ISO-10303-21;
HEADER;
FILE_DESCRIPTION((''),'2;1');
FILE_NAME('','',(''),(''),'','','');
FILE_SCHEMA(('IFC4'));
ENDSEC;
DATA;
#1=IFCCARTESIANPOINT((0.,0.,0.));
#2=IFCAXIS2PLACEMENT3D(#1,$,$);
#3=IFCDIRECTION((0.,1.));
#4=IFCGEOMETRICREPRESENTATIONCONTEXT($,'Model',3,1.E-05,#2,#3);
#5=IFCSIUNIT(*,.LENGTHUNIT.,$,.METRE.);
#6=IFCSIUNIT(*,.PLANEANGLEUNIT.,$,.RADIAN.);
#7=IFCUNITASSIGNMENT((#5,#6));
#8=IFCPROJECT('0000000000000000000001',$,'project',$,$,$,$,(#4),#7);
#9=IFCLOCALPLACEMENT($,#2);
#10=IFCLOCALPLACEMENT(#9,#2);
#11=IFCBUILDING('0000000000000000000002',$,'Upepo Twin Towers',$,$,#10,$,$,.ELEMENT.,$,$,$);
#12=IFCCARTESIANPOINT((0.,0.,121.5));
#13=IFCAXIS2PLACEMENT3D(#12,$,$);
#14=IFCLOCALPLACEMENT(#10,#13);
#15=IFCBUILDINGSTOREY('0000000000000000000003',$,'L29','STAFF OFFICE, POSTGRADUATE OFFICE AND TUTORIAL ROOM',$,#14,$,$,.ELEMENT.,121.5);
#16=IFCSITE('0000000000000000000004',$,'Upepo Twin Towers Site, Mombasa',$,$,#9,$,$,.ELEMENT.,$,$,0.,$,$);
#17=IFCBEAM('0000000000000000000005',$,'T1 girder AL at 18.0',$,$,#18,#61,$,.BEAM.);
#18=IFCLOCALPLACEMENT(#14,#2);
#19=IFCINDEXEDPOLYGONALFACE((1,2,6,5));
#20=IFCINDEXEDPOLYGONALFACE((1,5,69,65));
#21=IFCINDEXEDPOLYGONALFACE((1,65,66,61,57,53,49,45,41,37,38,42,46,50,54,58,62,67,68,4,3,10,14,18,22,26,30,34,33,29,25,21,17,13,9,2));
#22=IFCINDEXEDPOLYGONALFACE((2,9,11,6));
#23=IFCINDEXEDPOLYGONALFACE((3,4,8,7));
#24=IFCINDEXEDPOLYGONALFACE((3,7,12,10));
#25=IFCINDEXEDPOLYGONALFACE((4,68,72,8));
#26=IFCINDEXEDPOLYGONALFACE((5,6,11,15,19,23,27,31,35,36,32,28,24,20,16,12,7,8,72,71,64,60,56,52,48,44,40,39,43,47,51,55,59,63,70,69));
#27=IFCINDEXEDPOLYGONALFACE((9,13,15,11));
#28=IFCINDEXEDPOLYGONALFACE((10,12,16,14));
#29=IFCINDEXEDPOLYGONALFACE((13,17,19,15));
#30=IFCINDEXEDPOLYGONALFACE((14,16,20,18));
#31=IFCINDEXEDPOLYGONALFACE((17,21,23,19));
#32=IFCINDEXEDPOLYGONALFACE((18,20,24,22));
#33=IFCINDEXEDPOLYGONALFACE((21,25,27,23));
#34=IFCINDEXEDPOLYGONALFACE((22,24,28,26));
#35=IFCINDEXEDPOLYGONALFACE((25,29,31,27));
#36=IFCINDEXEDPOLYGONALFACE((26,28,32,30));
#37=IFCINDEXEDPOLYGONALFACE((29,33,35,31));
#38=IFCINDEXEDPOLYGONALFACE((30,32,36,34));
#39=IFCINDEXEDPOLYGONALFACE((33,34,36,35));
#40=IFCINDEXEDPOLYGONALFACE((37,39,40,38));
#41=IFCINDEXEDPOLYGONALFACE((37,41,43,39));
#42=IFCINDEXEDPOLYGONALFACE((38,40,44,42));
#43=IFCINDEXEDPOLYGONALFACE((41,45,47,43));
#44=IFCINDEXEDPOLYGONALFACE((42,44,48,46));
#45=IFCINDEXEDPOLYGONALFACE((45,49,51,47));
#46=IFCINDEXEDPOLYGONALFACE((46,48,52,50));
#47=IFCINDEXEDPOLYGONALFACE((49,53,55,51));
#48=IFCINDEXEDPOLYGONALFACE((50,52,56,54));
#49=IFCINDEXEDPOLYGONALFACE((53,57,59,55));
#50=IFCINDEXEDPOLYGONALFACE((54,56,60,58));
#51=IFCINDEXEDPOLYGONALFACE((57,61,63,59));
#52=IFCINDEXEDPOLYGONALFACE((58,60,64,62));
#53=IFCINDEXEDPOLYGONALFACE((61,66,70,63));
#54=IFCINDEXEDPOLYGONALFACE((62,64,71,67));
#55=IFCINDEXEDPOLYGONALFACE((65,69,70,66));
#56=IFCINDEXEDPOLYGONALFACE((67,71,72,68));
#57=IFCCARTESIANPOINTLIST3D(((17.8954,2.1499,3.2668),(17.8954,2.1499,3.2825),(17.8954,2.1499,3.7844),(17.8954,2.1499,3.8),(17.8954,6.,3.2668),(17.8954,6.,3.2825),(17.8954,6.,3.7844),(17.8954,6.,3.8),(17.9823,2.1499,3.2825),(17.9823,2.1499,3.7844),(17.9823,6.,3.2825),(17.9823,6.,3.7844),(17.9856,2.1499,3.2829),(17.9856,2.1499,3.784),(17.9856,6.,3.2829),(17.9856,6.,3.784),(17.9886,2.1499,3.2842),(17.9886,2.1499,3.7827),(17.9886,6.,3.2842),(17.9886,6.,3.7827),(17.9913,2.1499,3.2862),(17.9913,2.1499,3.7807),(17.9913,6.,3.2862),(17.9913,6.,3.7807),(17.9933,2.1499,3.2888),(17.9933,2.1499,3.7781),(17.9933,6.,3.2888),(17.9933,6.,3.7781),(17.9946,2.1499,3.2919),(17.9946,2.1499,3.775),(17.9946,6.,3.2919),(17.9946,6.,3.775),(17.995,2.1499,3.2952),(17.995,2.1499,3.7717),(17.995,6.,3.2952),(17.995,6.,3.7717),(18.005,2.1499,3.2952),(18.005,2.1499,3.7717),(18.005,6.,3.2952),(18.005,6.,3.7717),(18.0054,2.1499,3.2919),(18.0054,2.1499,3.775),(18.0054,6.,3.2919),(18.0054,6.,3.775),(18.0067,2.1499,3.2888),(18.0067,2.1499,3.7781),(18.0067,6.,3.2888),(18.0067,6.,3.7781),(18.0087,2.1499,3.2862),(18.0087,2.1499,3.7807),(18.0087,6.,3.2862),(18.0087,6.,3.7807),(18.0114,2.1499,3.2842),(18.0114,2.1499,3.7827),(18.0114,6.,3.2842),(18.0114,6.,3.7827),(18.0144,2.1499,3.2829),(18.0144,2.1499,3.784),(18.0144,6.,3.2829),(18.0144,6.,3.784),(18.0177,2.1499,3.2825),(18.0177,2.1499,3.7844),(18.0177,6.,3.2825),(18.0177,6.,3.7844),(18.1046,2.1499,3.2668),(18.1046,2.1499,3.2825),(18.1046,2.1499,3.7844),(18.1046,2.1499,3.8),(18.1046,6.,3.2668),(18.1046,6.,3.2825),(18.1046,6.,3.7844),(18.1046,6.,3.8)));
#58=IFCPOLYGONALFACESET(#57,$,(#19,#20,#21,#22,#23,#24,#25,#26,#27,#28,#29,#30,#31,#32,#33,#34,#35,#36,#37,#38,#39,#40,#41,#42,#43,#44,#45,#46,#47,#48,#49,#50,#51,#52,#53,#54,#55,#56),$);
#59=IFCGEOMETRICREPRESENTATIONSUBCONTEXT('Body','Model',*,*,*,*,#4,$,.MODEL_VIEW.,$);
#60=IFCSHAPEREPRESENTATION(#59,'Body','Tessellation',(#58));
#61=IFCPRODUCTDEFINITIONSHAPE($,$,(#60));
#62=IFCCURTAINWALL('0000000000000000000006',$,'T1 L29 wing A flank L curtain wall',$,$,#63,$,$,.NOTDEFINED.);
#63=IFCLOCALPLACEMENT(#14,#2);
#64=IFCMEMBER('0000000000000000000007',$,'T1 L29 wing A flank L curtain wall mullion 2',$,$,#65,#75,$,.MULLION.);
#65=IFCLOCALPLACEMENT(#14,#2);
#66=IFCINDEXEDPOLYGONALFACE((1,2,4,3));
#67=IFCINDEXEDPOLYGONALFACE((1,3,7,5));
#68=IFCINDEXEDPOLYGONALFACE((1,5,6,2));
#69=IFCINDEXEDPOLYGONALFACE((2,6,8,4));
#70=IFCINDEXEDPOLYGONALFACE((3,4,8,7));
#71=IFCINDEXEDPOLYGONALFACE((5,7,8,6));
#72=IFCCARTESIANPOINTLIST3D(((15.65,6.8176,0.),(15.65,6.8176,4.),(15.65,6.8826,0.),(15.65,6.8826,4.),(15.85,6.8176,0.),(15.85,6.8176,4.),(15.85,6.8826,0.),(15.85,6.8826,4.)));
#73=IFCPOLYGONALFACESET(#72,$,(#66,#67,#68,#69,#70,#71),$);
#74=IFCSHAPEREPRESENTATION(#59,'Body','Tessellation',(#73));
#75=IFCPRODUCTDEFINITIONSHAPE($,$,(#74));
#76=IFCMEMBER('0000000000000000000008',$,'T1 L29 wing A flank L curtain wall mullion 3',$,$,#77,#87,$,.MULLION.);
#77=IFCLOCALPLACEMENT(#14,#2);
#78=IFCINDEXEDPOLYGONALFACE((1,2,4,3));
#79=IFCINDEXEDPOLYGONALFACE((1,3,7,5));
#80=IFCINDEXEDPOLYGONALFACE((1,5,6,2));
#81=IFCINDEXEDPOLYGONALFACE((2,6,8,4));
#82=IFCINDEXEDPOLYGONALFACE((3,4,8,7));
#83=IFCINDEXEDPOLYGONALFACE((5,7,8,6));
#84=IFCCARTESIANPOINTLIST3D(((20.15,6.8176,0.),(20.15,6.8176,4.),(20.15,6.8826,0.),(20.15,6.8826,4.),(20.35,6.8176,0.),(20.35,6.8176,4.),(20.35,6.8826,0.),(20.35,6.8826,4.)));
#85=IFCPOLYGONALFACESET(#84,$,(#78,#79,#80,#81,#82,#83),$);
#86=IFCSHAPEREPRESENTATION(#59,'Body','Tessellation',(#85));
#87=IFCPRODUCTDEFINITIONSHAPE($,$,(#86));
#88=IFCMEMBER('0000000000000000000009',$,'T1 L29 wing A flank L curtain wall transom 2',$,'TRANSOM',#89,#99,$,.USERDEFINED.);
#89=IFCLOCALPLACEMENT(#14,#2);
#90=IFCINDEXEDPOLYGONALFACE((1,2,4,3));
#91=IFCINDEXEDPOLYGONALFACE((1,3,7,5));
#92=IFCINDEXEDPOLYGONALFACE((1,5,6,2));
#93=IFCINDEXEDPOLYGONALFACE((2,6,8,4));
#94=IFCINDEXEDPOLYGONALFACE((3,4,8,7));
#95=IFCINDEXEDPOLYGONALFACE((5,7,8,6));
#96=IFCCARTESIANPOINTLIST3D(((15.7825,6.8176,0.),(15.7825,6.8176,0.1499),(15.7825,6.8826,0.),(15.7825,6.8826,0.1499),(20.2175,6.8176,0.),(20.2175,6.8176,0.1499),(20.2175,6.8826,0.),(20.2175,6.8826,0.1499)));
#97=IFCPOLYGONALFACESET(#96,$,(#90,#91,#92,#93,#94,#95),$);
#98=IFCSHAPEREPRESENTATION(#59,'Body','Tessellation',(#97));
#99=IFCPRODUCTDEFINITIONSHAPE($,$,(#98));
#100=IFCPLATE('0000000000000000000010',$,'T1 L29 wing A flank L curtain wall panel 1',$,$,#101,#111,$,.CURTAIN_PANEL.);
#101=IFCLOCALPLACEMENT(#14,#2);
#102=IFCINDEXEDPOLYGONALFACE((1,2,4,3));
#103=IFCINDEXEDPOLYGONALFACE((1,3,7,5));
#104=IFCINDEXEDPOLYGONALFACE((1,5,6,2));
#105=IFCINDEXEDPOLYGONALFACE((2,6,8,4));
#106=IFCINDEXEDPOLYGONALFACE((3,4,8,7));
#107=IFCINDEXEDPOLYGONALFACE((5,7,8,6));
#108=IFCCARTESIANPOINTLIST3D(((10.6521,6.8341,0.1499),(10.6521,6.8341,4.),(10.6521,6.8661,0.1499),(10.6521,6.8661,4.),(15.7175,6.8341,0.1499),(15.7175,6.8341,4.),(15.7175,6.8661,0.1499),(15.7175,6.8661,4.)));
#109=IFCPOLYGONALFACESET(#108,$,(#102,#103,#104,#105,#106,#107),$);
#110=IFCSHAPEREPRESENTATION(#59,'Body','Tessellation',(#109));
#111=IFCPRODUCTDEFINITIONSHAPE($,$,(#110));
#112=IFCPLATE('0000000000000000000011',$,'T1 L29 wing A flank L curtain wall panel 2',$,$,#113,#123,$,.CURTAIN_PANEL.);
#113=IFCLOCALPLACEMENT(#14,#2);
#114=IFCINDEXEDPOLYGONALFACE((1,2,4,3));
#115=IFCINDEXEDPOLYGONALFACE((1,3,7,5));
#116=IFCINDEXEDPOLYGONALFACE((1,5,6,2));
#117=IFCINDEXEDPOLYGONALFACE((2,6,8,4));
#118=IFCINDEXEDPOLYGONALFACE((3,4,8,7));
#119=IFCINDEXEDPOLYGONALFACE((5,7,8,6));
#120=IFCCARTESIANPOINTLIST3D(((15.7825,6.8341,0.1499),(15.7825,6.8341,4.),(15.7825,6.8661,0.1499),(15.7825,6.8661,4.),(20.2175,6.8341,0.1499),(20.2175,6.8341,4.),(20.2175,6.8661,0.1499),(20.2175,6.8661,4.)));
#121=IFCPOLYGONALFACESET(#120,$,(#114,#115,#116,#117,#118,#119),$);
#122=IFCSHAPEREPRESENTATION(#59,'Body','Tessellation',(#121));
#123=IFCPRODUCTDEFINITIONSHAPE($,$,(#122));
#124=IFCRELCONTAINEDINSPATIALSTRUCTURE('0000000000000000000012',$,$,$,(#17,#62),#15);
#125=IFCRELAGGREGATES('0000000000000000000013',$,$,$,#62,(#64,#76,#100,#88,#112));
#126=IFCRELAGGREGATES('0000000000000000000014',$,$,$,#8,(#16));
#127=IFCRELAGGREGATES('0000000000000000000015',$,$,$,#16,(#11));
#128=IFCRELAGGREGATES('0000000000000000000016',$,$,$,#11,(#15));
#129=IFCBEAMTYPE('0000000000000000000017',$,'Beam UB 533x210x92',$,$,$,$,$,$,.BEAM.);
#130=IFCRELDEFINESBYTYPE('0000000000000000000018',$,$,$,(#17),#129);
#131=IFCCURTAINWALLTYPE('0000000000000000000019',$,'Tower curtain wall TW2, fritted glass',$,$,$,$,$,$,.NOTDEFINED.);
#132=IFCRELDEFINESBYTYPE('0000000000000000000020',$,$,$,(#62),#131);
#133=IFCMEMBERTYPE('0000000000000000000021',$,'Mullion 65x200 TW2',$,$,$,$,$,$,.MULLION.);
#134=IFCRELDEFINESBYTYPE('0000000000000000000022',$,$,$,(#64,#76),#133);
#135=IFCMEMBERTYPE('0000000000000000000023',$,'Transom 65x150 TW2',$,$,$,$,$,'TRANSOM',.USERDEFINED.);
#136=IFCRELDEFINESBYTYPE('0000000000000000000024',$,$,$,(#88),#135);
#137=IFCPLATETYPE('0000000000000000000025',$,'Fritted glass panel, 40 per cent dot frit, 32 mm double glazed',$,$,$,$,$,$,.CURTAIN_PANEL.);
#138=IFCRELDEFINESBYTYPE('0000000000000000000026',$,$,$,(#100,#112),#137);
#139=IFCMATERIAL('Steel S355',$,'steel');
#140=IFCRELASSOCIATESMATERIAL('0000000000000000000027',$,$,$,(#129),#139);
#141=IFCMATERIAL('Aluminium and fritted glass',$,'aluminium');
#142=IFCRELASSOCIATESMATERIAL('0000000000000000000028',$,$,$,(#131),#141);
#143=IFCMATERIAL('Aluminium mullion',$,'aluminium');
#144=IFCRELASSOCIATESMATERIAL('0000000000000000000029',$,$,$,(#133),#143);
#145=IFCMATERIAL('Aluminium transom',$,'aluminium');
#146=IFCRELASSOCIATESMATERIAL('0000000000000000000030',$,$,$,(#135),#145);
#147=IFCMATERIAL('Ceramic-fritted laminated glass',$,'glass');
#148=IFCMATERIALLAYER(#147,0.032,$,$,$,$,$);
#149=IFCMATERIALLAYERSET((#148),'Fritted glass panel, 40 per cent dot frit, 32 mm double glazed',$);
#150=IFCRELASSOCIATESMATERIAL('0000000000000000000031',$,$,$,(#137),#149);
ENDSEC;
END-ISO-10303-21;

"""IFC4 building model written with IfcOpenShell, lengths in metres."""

from ifc_helpers import new_model, si_unit, direction, frame, origin, origin_2d, place, context, subcontext, project, spatial, rectangle, i_section, extrude, material, layer, layer_set, material_profile, profile_set, type_object, element, aggregate, save


model = new_model("IFC4")

# Units and contexts
model_context = context("Model", 3, precision=1e-05, world=origin(), true_north=direction((0.0, 1.0)))
body_context = subcontext(model_context, "Body", "Model", "MODEL_VIEW")
ifc_project = project(units=[si_unit("LENGTHUNIT", "METRE"), si_unit("PLANEANGLEUNIT", "RADIAN")], contexts=[model_context])

# Site, building, storey
site_placement = place(None, origin())
site = spatial("IfcSite", under=ifc_project, at=site_placement, Name="Upepo Twin Towers Site, Mombasa", CompositionType="ELEMENT", RefElevation=0.0)
building_placement = place(site_placement, origin())
building = spatial("IfcBuilding", under=site, at=building_placement, Name="Upepo Twin Towers", CompositionType="ELEMENT")
storey_placement = place(building_placement, frame((0.0, 0.0, 121.5)))
storey = spatial("IfcBuildingStorey", under=building, at=storey_placement, Name="L29", Description="STAFF OFFICE, POSTGRADUATE OFFICE AND TUTORIAL ROOM", CompositionType="ELEMENT", Elevation=121.5)

# Beam
ifc_material_1 = material(Name="Steel S355", Category="steel")
ifc_material_profile_1 = material_profile(ifc_material_1, i_section(OverallWidth=0.2092, OverallDepth=0.5332, WebThickness=0.01, FlangeThickness=0.0156, FilletRadius=0.0127, at=origin_2d()), Name="UB 533x210x92")
ifc_profile_set_1 = profile_set([ifc_material_profile_1], Name="Steel S355")
beam_type_1 = type_object("IfcBeamType", Name="Beam UB 533x210x92", PredefinedType="BEAM", material=ifc_profile_set_1)
for number, where, z_axis, x_axis, name in (
    (1, (18.0, 6.0, 3.5334), (0.0, -1.0, 0.0), (1.0, 0.0, 0.0), "T1 girder AL at 18.0"),
):
    element("IfcBeam", number, at=place(storey_placement, frame(where, z_axis=z_axis, x_axis=x_axis)), inside=storey, type_object=beam_type_1, Name=name, PredefinedType="BEAM", context=body_context, shape_type="SweptSolid", body=[
        extrude(i_section(OverallWidth=0.2092, OverallDepth=0.5332, WebThickness=0.01, FlangeThickness=0.0156, FilletRadius=0.0127, at=origin_2d()), origin(), (0.0, 0.0, 1.0), 3.8501),
    ])

# Curtain wall, members, plates
ifc_material_2 = material(Name="Aluminium and fritted glass", Category="aluminium")
curtain_wall_type = type_object("IfcCurtainWallType", Name="Tower curtain wall TW2, fritted glass", PredefinedType="NOTDEFINED", material=ifc_material_2)
curtain_wall_placement = place(storey_placement, origin())
curtain_wall = element("IfcCurtainWall", 2, at=curtain_wall_placement, inside=storey, type_object=curtain_wall_type, Name="T1 L29 wing A flank L curtain wall", PredefinedType="NOTDEFINED")
ifc_material_3 = material(Name="Aluminium mullion", Category="aluminium")
ifc_material_profile_2 = material_profile(ifc_material_3, rectangle(XDim=0.0649, YDim=0.2, at=origin_2d()), Name="MULLION 65x200")
ifc_profile_set_2 = profile_set([ifc_material_profile_2], Name="Aluminium mullion")
member_type_1 = type_object("IfcMemberType", Name="Mullion 65x200 TW2", PredefinedType="MULLION", material=ifc_profile_set_2)
member_1_placement = place(storey_placement, frame((15.75, 6.8501, 0.0), z_axis=(0.0, 0.0, 1.0), x_axis=(0.0, 1.0, 0.0)))
member_1 = element("IfcMember", 3, at=member_1_placement, type_object=member_type_1, Name="T1 L29 wing A flank L curtain wall mullion 2", PredefinedType="MULLION", context=body_context, shape_type="SweptSolid", body=[
    extrude(rectangle(XDim=0.0649, YDim=0.2, at=origin_2d()), origin(), (0.0, 0.0, 1.0), 4.0),
])
member_2_placement = place(storey_placement, frame((20.25, 6.8501, 0.0), z_axis=(0.0, 0.0, 1.0), x_axis=(0.0, 1.0, 0.0)))
member_2 = element("IfcMember", 4, at=member_2_placement, type_object=member_type_1, Name="T1 L29 wing A flank L curtain wall mullion 3", PredefinedType="MULLION", context=body_context, shape_type="SweptSolid", body=[
    extrude(rectangle(XDim=0.0649, YDim=0.2, at=origin_2d()), origin(), (0.0, 0.0, 1.0), 4.0),
])
ifc_material_4 = material(Name="Aluminium transom", Category="aluminium")
ifc_material_profile_3 = material_profile(ifc_material_4, rectangle(XDim=0.0649, YDim=0.1499, at=origin_2d()), Name="TRANSOM 65x150")
ifc_profile_set_3 = profile_set([ifc_material_profile_3], Name="Aluminium transom")
member_type_2 = type_object("IfcMemberType", Name="Transom 65x150 TW2", ElementType="TRANSOM", PredefinedType="USERDEFINED", material=ifc_profile_set_3)
member_3_placement = place(storey_placement, frame((15.7825, 6.8501, 0.075), z_axis=(1.0, 0.0, 0.0), x_axis=(0.0, 1.0, 0.0)))
member_3 = element("IfcMember", 5, at=member_3_placement, type_object=member_type_2, Name="T1 L29 wing A flank L curtain wall transom 2", ObjectType="TRANSOM", PredefinedType="USERDEFINED", context=body_context, shape_type="SweptSolid", body=[
    extrude(rectangle(XDim=0.0649, YDim=0.1499, at=origin_2d()), origin(), (0.0, 0.0, 1.0), 4.4351),
])
ifc_material_5 = material(Name="Ceramic-fritted laminated glass", Category="glass")
ifc_layer_1 = layer(ifc_material_5, 0.032)
ifc_layer_set_1 = layer_set([ifc_layer_1], Name="Fritted glass panel, 40 per cent dot frit, 32 mm double glazed")
plate_type = type_object("IfcPlateType", Name="Fritted glass panel, 40 per cent dot frit, 32 mm double glazed", PredefinedType="CURTAIN_PANEL", material=ifc_layer_set_1)
plate_1_placement = place(storey_placement, frame((13.1848, 6.8501, 0.1499), z_axis=(0.0, 0.0, 1.0), x_axis=(1.0, 0.0, 0.0)))
plate_1 = element("IfcPlate", 6, at=plate_1_placement, type_object=plate_type, Name="T1 L29 wing A flank L curtain wall panel 1", PredefinedType="CURTAIN_PANEL", context=body_context, shape_type="SweptSolid", body=[
    extrude(rectangle(XDim=5.0654, YDim=0.032, at=origin_2d()), origin(), (0.0, 0.0, 1.0), 3.8501),
])
plate_2_placement = place(storey_placement, frame((18.0, 6.8501, 0.1499), z_axis=(0.0, 0.0, 1.0), x_axis=(1.0, 0.0, 0.0)))
plate_2 = element("IfcPlate", 7, at=plate_2_placement, type_object=plate_type, Name="T1 L29 wing A flank L curtain wall panel 2", PredefinedType="CURTAIN_PANEL", context=body_context, shape_type="SweptSolid", body=[
    extrude(rectangle(XDim=4.4351, YDim=0.032, at=origin_2d()), origin(), (0.0, 0.0, 1.0), 3.8501),
])
aggregate(curtain_wall, [member_1, member_2, plate_1, member_3, plate_2])

save(model, "model.ifc")
